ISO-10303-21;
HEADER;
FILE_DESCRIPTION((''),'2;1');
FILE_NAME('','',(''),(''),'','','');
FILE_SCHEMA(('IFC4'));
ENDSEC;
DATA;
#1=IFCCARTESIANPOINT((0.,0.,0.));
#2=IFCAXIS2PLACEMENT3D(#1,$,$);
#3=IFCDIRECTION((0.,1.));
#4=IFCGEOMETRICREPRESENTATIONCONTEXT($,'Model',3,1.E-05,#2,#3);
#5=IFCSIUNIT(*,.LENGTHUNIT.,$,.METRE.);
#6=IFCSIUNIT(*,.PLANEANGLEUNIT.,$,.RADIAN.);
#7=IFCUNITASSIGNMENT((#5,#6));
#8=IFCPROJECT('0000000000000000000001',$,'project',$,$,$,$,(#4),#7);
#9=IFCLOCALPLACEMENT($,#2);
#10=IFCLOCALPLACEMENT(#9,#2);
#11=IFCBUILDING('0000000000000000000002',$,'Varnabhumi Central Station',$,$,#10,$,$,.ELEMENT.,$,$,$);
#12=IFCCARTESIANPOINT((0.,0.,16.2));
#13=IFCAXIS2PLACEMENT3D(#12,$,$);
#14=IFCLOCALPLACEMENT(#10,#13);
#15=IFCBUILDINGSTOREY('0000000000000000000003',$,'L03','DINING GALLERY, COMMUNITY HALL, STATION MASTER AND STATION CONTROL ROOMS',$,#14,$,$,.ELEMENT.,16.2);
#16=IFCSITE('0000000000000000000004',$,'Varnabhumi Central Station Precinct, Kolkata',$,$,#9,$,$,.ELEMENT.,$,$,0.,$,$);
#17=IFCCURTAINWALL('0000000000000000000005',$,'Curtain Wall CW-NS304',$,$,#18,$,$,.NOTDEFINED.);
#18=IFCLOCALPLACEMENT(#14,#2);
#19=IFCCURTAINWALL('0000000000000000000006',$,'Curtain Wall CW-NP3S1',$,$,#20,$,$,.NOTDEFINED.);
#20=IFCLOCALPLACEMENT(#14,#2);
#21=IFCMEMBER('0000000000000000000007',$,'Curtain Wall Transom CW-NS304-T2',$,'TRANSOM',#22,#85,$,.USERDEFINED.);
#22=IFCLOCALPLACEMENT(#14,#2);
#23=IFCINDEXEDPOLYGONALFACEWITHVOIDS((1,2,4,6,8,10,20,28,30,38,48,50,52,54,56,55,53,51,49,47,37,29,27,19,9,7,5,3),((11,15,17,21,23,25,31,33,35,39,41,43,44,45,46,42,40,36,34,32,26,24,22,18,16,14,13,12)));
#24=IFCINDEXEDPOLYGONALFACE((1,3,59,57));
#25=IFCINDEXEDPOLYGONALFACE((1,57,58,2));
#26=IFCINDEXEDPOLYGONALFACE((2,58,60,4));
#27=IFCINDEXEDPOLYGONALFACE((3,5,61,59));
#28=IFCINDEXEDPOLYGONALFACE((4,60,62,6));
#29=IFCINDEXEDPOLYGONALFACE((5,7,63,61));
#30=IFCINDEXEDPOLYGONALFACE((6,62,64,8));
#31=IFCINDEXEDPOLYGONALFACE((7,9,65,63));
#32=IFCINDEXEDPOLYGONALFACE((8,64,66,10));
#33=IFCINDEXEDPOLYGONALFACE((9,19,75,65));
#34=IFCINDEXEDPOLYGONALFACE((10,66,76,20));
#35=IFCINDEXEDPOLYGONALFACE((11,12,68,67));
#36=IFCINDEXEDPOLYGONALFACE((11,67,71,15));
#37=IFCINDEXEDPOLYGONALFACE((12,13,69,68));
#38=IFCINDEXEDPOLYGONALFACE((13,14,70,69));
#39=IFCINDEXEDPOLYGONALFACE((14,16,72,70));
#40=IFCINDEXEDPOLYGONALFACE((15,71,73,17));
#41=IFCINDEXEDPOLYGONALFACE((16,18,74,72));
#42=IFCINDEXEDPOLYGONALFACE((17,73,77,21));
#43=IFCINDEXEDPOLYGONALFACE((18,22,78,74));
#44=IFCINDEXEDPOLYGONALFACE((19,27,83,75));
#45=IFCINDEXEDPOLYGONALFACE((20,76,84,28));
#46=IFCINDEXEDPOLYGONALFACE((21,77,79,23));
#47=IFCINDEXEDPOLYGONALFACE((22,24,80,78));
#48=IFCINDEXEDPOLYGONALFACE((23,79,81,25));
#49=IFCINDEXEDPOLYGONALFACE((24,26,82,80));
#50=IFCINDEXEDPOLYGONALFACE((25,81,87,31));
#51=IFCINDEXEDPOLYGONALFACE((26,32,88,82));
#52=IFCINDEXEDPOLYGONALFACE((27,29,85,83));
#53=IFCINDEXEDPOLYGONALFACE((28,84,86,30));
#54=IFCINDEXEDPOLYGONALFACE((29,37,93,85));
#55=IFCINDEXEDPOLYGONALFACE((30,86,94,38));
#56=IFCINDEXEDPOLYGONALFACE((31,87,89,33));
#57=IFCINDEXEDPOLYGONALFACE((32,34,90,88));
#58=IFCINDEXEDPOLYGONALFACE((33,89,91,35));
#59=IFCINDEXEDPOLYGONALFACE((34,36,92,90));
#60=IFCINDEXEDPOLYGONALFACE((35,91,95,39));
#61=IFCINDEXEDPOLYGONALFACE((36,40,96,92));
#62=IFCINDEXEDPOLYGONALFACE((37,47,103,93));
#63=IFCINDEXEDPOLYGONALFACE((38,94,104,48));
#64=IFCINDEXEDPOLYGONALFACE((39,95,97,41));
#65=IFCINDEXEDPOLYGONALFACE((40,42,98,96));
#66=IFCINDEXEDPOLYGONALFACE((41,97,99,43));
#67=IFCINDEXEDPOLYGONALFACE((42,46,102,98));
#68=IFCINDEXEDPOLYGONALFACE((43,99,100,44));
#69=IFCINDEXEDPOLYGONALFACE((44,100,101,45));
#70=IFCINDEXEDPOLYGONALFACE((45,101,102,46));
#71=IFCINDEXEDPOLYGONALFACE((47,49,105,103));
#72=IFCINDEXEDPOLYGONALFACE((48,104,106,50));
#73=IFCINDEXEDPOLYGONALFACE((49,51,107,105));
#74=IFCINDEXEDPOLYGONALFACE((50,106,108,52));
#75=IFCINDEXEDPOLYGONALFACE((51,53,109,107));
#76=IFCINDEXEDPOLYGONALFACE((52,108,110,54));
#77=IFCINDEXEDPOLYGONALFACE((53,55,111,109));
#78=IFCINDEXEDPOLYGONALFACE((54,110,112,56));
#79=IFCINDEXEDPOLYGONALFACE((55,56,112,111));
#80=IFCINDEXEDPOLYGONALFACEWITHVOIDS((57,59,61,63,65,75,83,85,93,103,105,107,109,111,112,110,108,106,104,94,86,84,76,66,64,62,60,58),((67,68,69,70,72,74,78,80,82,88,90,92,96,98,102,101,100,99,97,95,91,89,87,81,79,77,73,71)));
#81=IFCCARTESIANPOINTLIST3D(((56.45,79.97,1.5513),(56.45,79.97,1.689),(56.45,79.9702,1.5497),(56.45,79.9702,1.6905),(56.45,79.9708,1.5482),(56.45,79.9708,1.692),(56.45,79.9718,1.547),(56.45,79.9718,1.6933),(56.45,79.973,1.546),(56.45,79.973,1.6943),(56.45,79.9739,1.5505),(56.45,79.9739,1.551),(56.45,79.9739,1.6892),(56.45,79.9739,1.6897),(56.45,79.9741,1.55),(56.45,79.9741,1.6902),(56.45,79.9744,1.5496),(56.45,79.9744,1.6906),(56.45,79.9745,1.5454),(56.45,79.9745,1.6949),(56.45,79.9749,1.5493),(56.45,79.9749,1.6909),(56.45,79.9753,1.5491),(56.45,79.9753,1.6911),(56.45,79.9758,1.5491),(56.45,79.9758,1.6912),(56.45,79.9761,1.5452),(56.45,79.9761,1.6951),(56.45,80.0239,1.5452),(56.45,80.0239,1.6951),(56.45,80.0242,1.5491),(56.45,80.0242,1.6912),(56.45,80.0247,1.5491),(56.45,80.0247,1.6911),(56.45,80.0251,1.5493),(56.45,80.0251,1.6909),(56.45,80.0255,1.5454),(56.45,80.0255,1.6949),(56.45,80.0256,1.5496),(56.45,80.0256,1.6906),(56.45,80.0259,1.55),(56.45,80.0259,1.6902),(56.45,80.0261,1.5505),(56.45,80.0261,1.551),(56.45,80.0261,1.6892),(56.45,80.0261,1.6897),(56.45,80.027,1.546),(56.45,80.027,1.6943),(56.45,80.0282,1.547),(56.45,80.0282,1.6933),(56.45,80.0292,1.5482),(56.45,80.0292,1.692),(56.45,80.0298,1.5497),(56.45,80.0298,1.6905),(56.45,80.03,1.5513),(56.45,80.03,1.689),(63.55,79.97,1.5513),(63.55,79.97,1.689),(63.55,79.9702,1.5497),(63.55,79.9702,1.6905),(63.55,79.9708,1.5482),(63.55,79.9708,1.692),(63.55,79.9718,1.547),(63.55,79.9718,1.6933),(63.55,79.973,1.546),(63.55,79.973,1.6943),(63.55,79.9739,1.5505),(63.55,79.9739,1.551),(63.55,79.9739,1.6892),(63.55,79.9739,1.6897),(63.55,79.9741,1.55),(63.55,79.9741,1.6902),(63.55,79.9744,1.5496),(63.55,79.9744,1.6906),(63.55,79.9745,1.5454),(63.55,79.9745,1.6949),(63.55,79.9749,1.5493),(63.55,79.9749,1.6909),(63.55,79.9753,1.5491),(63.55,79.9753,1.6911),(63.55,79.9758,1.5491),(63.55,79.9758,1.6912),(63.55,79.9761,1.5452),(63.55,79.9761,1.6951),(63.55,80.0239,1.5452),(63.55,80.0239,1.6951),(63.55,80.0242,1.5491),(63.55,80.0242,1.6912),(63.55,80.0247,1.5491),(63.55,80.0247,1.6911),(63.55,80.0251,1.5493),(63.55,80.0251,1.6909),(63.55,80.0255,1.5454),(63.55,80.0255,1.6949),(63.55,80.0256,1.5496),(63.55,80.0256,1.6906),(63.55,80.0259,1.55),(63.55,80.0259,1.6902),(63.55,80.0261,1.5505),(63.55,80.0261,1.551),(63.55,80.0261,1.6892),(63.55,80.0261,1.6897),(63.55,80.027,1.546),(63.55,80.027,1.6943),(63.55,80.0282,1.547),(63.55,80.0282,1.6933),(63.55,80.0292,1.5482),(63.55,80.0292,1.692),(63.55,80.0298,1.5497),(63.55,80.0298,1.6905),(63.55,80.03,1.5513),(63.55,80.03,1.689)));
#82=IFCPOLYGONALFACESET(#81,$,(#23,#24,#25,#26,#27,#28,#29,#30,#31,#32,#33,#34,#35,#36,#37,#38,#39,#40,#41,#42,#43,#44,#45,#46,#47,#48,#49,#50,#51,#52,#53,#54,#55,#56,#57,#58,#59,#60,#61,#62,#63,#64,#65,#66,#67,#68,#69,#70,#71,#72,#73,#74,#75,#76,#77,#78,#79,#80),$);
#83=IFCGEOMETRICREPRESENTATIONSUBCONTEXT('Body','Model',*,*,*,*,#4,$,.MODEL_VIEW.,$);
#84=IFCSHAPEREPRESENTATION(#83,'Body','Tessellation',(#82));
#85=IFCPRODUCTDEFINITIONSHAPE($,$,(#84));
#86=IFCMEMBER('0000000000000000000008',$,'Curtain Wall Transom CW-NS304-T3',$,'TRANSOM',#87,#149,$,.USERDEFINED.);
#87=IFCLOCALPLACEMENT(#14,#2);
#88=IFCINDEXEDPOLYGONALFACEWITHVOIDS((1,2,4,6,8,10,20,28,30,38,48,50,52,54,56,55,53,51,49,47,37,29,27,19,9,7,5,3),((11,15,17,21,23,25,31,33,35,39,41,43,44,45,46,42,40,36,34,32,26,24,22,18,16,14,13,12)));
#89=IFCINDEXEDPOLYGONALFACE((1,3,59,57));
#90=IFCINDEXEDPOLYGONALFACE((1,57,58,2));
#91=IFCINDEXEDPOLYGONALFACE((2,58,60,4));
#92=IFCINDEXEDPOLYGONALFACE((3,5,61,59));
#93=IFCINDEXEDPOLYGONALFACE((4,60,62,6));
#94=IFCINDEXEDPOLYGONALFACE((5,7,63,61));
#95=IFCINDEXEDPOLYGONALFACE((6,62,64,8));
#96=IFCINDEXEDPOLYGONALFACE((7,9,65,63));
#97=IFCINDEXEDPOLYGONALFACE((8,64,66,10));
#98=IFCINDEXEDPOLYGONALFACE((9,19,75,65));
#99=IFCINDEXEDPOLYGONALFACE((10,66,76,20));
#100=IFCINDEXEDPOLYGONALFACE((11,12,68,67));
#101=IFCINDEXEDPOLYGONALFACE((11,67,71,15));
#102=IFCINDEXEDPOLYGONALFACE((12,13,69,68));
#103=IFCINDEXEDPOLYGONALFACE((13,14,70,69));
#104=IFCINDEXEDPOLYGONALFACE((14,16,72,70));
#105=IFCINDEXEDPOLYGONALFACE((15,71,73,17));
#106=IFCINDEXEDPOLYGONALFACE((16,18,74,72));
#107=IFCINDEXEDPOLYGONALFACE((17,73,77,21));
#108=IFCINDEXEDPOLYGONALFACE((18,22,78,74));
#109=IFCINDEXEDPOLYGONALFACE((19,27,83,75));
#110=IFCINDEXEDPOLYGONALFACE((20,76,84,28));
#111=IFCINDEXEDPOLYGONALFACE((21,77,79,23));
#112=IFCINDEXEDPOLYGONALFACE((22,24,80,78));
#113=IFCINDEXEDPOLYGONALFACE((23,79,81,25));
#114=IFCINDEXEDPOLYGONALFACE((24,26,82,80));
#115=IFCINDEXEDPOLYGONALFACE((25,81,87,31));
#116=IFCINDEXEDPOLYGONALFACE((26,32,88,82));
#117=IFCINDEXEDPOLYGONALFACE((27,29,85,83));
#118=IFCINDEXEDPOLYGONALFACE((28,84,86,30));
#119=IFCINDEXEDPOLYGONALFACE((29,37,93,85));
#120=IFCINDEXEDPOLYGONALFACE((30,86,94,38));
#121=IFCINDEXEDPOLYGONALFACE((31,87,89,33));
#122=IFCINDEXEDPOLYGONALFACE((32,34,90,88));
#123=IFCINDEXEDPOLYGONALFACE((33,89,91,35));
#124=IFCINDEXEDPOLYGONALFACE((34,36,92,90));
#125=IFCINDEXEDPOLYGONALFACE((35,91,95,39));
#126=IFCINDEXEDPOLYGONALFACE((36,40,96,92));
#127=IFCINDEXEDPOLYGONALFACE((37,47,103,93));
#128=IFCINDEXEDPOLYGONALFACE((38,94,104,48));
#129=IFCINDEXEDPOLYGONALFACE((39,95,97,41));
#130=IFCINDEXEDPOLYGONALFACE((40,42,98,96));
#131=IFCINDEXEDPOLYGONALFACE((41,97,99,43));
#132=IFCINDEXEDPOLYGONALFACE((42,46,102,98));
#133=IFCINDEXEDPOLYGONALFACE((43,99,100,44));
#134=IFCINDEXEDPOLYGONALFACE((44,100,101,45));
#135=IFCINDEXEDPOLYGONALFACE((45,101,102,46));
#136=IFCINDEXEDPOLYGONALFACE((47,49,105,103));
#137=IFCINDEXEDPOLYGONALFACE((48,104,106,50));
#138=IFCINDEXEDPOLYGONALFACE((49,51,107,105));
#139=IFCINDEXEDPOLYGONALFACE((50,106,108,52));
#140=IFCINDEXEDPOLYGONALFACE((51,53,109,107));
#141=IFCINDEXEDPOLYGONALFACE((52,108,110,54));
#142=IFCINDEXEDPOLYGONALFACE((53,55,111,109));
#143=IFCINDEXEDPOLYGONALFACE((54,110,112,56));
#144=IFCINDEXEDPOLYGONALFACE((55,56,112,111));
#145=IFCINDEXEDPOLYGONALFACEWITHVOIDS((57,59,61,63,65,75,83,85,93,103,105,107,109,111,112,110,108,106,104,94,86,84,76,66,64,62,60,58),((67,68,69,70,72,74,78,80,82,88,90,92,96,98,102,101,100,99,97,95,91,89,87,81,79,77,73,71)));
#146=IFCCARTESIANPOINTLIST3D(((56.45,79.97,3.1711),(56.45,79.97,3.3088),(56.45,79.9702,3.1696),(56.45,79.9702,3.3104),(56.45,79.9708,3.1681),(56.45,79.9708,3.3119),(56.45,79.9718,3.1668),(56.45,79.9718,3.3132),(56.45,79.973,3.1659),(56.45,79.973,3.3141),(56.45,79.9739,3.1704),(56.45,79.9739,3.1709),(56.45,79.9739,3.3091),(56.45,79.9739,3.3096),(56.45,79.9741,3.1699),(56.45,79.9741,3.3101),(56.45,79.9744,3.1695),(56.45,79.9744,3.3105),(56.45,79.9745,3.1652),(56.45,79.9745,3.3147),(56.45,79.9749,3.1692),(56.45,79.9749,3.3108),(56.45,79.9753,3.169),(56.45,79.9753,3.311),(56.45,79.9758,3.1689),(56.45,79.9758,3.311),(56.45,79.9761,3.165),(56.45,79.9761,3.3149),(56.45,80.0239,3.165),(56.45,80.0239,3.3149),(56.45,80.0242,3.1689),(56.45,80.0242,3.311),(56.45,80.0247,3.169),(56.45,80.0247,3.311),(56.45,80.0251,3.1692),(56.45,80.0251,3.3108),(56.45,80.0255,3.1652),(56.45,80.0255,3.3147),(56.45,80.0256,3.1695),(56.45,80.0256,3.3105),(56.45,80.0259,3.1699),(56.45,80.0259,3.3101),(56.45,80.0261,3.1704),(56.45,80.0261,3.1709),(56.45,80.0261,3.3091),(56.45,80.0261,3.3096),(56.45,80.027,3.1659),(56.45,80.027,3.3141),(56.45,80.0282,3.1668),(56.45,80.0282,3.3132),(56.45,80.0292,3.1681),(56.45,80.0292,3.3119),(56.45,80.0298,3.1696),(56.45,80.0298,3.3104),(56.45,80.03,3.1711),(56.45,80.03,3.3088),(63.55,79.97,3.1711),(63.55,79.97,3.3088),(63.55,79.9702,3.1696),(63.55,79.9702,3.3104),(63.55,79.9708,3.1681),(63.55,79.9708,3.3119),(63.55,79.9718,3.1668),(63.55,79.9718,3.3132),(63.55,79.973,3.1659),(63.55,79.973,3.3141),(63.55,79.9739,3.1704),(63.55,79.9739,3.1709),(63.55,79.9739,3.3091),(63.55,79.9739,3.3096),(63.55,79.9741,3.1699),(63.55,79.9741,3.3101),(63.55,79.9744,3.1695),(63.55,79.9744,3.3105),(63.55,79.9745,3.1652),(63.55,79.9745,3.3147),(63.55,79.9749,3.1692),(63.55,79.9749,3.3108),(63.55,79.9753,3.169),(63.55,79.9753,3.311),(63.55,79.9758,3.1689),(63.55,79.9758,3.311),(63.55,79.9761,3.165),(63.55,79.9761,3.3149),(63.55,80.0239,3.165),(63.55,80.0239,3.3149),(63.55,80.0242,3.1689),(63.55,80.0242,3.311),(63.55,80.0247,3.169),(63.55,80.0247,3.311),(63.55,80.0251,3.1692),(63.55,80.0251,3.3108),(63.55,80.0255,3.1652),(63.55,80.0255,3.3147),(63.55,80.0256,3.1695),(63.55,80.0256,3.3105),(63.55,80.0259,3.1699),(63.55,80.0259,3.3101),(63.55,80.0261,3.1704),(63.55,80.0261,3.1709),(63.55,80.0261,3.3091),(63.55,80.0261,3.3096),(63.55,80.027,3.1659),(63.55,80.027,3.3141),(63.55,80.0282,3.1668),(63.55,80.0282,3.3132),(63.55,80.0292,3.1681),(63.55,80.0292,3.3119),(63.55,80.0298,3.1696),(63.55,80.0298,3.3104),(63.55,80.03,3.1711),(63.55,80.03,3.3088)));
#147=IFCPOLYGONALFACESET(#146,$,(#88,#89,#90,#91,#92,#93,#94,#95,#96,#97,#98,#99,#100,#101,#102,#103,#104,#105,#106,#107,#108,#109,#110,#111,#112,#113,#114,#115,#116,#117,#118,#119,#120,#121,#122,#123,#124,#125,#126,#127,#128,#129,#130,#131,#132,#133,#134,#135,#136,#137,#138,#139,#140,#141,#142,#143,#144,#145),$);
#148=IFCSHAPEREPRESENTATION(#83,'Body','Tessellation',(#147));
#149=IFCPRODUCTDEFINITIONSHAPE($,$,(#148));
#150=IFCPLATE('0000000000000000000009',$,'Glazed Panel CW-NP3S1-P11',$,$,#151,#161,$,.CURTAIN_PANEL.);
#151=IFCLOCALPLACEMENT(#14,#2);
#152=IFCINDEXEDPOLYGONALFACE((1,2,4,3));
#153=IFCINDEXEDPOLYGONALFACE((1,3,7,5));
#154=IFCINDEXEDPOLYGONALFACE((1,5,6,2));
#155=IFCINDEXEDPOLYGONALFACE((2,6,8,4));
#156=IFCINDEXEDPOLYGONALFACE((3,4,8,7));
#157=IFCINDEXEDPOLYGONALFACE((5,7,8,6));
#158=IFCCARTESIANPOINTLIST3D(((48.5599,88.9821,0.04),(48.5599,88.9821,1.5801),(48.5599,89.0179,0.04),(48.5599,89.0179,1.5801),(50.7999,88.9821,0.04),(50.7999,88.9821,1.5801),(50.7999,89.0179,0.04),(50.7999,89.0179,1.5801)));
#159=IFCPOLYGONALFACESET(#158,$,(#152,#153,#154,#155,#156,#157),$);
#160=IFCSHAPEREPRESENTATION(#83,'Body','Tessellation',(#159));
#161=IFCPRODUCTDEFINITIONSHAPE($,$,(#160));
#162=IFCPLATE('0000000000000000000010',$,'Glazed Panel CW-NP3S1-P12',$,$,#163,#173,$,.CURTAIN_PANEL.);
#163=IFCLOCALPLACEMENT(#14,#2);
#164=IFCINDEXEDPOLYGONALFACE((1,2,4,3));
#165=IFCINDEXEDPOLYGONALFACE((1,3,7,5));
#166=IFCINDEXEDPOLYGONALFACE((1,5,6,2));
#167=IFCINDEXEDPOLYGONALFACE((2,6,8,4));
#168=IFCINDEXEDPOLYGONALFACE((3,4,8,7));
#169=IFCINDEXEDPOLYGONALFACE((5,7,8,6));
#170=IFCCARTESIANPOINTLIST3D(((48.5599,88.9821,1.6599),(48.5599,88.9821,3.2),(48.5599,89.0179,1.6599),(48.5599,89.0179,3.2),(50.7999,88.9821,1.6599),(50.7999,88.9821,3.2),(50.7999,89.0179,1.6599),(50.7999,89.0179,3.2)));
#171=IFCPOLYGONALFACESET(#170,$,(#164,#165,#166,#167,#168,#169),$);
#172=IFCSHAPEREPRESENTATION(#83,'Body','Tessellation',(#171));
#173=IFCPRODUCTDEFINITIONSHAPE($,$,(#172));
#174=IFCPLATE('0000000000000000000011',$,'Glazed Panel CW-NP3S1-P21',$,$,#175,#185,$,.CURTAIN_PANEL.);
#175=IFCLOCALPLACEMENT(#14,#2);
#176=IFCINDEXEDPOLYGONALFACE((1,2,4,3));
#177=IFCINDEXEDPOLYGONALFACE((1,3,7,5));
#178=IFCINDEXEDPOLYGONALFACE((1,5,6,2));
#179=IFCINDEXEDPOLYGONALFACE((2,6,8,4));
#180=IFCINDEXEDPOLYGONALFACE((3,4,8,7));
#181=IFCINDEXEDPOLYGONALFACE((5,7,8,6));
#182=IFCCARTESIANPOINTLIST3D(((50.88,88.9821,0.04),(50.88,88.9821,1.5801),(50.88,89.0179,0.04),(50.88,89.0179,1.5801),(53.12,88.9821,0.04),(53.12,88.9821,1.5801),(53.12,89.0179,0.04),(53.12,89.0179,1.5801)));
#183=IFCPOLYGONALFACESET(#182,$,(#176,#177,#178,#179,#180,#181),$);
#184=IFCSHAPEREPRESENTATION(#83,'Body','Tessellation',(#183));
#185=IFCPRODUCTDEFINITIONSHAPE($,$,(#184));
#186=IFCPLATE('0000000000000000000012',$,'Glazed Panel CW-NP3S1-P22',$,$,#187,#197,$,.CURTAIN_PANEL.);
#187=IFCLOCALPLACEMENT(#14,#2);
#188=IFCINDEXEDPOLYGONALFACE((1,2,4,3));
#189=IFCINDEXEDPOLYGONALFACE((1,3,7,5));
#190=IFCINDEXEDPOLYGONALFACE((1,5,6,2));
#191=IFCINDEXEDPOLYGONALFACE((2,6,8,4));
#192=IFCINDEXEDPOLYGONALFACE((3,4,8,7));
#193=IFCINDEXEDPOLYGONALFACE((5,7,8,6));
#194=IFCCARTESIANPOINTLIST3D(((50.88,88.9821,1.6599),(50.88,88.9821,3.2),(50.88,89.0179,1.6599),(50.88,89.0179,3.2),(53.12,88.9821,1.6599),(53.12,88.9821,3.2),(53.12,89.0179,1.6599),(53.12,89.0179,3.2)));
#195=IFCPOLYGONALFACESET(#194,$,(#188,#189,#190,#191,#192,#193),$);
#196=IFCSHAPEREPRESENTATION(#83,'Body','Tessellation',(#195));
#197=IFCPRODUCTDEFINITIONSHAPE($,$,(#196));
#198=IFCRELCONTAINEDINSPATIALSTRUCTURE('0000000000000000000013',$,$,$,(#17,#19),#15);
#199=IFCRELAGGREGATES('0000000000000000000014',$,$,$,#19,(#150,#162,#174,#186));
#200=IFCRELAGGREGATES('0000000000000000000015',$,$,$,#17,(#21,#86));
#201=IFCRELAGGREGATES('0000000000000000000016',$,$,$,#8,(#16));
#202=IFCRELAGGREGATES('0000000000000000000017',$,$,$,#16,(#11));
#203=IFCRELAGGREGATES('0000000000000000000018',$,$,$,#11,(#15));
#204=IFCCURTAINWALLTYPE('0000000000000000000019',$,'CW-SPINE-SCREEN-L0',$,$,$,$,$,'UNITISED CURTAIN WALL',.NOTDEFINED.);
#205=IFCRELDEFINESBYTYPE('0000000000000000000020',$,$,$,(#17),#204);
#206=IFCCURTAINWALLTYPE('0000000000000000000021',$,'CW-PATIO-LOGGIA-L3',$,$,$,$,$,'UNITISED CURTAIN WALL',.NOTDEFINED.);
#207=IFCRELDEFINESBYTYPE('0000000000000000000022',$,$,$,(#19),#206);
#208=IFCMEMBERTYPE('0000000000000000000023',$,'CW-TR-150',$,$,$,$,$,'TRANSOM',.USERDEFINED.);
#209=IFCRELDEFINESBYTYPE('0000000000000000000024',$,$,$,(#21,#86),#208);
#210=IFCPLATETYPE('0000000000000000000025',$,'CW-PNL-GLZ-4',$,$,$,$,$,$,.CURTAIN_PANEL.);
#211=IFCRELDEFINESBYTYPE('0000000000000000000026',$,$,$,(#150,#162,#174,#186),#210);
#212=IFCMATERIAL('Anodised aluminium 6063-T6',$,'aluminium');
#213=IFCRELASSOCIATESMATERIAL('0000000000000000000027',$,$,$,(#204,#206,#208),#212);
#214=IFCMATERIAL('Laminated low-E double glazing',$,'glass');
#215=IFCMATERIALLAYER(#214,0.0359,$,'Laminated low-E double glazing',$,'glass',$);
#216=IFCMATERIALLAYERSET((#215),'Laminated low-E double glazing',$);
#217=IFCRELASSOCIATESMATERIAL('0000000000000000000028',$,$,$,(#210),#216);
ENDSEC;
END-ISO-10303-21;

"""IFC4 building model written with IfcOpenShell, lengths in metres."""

from ifc_helpers import new_model, si_unit, direction, frame, origin, origin_2d, place, context, subcontext, project, spatial, rectangle, hollow_rectangle, extrude, material, layer, layer_set, material_profile, profile_set, type_object, element, aggregate, save


model = new_model("IFC4")

# Units and contexts
model_context = context("Model", 3, precision=1e-05, world=origin(), true_north=direction((0.0, 1.0)))
body_context = subcontext(model_context, "Body", "Model", "MODEL_VIEW")
ifc_project = project(units=[si_unit("LENGTHUNIT", "METRE"), si_unit("PLANEANGLEUNIT", "RADIAN")], contexts=[model_context])

# Site, building, storey
site_placement = place(None, origin())
site = spatial("IfcSite", under=ifc_project, at=site_placement, Name="Varnabhumi Central Station Precinct, Kolkata", CompositionType="ELEMENT", RefElevation=0.0)
building_placement = place(site_placement, origin())
building = spatial("IfcBuilding", under=site, at=building_placement, Name="Varnabhumi Central Station", CompositionType="ELEMENT")
storey_placement = place(building_placement, frame((0.0, 0.0, 16.2)))
storey = spatial("IfcBuildingStorey", under=building, at=storey_placement, Name="L03", Description="DINING GALLERY, COMMUNITY HALL, STATION MASTER AND STATION CONTROL ROOMS", CompositionType="ELEMENT", Elevation=16.2)

# Curtain walls
ifc_material_1 = material(Name="Anodised aluminium 6063-T6", Category="aluminium")
curtain_wall_type_1 = type_object("IfcCurtainWallType", Name="CW-SPINE-SCREEN-L0", ElementType="UNITISED CURTAIN WALL", PredefinedType="NOTDEFINED", material=ifc_material_1)
curtain_wall_1_placement = place(storey_placement, origin())
curtain_wall_1 = element("IfcCurtainWall", 1, at=curtain_wall_1_placement, inside=storey, type_object=curtain_wall_type_1, Name="Curtain Wall CW-NS304", PredefinedType="NOTDEFINED")
curtain_wall_type_2 = type_object("IfcCurtainWallType", Name="CW-PATIO-LOGGIA-L3", ElementType="UNITISED CURTAIN WALL", PredefinedType="NOTDEFINED", material=ifc_material_1)
curtain_wall_2_placement = place(storey_placement, origin())
curtain_wall_2 = element("IfcCurtainWall", 2, at=curtain_wall_2_placement, inside=storey, type_object=curtain_wall_type_2, Name="Curtain Wall CW-NP3S1", PredefinedType="NOTDEFINED")

# Members
ifc_material_profile_1 = material_profile(ifc_material_1, hollow_rectangle(XDim=0.0601, YDim=0.1499, WallThickness=0.0039, InnerFilletRadius=0.002, OuterFilletRadius=0.0061, at=origin_2d()), Name="Anodised aluminium 6063-T6", Category="aluminium")
ifc_profile_set_1 = profile_set([ifc_material_profile_1], Name="Anodised aluminium 6063-T6")
member_type_1 = type_object("IfcMemberType", Name="CW-TR-150", ElementType="TRANSOM", PredefinedType="USERDEFINED", material=ifc_profile_set_1)
member_1_placement = place(storey_placement, frame((56.45, 80.0, 1.6201), z_axis=(1.0, 0.0, 0.0), x_axis=(0.0, 1.0, 0.0)))
member_1 = element("IfcMember", 3, at=member_1_placement, type_object=member_type_1, Name="Curtain Wall Transom CW-NS304-T2", ObjectType="TRANSOM", PredefinedType="USERDEFINED", context=body_context, shape_type="SweptSolid", body=[
    extrude(hollow_rectangle(XDim=0.0601, YDim=0.1499, WallThickness=0.0039, InnerFilletRadius=0.002, OuterFilletRadius=0.0061, at=origin_2d()), origin(), (0.0, 0.0, 1.0), 7.1001),
])
member_2_placement = place(storey_placement, frame((56.45, 80.0, 3.24), z_axis=(1.0, 0.0, 0.0), x_axis=(0.0, 1.0, 0.0)))
member_2 = element("IfcMember", 4, at=member_2_placement, type_object=member_type_1, Name="Curtain Wall Transom CW-NS304-T3", ObjectType="TRANSOM", PredefinedType="USERDEFINED", context=body_context, shape_type="SweptSolid", body=[
    extrude(hollow_rectangle(XDim=0.0601, YDim=0.1499, WallThickness=0.0039, InnerFilletRadius=0.002, OuterFilletRadius=0.0061, at=origin_2d()), origin(), (0.0, 0.0, 1.0), 7.1001),
])

# Plates
ifc_material_2 = material(Name="Laminated low-E double glazing", Category="glass")
ifc_layer_1 = layer(ifc_material_2, 0.0359, Name="Laminated low-E double glazing", Category="glass")
ifc_layer_set_1 = layer_set([ifc_layer_1], Name="Laminated low-E double glazing")
plate_type_1 = type_object("IfcPlateType", Name="CW-PNL-GLZ-4", PredefinedType="CURTAIN_PANEL", material=ifc_layer_set_1)
plate_1_placement = place(storey_placement, frame((49.6799, 89.0, 0.04), z_axis=(0.0, 0.0, 1.0), x_axis=(1.0, 0.0, 0.0)))
plate_1 = element("IfcPlate", 5, at=plate_1_placement, type_object=plate_type_1, Name="Glazed Panel CW-NP3S1-P11", PredefinedType="CURTAIN_PANEL", context=body_context, shape_type="SweptSolid", body=[
    extrude(rectangle(XDim=2.24, YDim=0.0359, at=origin_2d()), origin(), (0.0, 0.0, 1.0), 1.54),
])
plate_2_placement = place(storey_placement, frame((49.6799, 89.0, 1.6599), z_axis=(0.0, 0.0, 1.0), x_axis=(1.0, 0.0, 0.0)))
plate_2 = element("IfcPlate", 6, at=plate_2_placement, type_object=plate_type_1, Name="Glazed Panel CW-NP3S1-P12", PredefinedType="CURTAIN_PANEL", context=body_context, shape_type="SweptSolid", body=[
    extrude(rectangle(XDim=2.24, YDim=0.0359, at=origin_2d()), origin(), (0.0, 0.0, 1.0), 1.54),
])
plate_3_placement = place(storey_placement, frame((52.0, 89.0, 0.04), z_axis=(0.0, 0.0, 1.0), x_axis=(1.0, 0.0, 0.0)))
plate_3 = element("IfcPlate", 7, at=plate_3_placement, type_object=plate_type_1, Name="Glazed Panel CW-NP3S1-P21", PredefinedType="CURTAIN_PANEL", context=body_context, shape_type="SweptSolid", body=[
    extrude(rectangle(XDim=2.24, YDim=0.0359, at=origin_2d()), origin(), (0.0, 0.0, 1.0), 1.54),
])
plate_4_placement = place(storey_placement, frame((52.0, 89.0, 1.6599), z_axis=(0.0, 0.0, 1.0), x_axis=(1.0, 0.0, 0.0)))
plate_4 = element("IfcPlate", 8, at=plate_4_placement, type_object=plate_type_1, Name="Glazed Panel CW-NP3S1-P22", PredefinedType="CURTAIN_PANEL", context=body_context, shape_type="SweptSolid", body=[
    extrude(rectangle(XDim=2.24, YDim=0.0359, at=origin_2d()), origin(), (0.0, 0.0, 1.0), 1.54),
])
aggregate(curtain_wall_2, [plate_1, plate_2, plate_3, plate_4])
aggregate(curtain_wall_1, [member_1, member_2])

save(model, "model.ifc")
